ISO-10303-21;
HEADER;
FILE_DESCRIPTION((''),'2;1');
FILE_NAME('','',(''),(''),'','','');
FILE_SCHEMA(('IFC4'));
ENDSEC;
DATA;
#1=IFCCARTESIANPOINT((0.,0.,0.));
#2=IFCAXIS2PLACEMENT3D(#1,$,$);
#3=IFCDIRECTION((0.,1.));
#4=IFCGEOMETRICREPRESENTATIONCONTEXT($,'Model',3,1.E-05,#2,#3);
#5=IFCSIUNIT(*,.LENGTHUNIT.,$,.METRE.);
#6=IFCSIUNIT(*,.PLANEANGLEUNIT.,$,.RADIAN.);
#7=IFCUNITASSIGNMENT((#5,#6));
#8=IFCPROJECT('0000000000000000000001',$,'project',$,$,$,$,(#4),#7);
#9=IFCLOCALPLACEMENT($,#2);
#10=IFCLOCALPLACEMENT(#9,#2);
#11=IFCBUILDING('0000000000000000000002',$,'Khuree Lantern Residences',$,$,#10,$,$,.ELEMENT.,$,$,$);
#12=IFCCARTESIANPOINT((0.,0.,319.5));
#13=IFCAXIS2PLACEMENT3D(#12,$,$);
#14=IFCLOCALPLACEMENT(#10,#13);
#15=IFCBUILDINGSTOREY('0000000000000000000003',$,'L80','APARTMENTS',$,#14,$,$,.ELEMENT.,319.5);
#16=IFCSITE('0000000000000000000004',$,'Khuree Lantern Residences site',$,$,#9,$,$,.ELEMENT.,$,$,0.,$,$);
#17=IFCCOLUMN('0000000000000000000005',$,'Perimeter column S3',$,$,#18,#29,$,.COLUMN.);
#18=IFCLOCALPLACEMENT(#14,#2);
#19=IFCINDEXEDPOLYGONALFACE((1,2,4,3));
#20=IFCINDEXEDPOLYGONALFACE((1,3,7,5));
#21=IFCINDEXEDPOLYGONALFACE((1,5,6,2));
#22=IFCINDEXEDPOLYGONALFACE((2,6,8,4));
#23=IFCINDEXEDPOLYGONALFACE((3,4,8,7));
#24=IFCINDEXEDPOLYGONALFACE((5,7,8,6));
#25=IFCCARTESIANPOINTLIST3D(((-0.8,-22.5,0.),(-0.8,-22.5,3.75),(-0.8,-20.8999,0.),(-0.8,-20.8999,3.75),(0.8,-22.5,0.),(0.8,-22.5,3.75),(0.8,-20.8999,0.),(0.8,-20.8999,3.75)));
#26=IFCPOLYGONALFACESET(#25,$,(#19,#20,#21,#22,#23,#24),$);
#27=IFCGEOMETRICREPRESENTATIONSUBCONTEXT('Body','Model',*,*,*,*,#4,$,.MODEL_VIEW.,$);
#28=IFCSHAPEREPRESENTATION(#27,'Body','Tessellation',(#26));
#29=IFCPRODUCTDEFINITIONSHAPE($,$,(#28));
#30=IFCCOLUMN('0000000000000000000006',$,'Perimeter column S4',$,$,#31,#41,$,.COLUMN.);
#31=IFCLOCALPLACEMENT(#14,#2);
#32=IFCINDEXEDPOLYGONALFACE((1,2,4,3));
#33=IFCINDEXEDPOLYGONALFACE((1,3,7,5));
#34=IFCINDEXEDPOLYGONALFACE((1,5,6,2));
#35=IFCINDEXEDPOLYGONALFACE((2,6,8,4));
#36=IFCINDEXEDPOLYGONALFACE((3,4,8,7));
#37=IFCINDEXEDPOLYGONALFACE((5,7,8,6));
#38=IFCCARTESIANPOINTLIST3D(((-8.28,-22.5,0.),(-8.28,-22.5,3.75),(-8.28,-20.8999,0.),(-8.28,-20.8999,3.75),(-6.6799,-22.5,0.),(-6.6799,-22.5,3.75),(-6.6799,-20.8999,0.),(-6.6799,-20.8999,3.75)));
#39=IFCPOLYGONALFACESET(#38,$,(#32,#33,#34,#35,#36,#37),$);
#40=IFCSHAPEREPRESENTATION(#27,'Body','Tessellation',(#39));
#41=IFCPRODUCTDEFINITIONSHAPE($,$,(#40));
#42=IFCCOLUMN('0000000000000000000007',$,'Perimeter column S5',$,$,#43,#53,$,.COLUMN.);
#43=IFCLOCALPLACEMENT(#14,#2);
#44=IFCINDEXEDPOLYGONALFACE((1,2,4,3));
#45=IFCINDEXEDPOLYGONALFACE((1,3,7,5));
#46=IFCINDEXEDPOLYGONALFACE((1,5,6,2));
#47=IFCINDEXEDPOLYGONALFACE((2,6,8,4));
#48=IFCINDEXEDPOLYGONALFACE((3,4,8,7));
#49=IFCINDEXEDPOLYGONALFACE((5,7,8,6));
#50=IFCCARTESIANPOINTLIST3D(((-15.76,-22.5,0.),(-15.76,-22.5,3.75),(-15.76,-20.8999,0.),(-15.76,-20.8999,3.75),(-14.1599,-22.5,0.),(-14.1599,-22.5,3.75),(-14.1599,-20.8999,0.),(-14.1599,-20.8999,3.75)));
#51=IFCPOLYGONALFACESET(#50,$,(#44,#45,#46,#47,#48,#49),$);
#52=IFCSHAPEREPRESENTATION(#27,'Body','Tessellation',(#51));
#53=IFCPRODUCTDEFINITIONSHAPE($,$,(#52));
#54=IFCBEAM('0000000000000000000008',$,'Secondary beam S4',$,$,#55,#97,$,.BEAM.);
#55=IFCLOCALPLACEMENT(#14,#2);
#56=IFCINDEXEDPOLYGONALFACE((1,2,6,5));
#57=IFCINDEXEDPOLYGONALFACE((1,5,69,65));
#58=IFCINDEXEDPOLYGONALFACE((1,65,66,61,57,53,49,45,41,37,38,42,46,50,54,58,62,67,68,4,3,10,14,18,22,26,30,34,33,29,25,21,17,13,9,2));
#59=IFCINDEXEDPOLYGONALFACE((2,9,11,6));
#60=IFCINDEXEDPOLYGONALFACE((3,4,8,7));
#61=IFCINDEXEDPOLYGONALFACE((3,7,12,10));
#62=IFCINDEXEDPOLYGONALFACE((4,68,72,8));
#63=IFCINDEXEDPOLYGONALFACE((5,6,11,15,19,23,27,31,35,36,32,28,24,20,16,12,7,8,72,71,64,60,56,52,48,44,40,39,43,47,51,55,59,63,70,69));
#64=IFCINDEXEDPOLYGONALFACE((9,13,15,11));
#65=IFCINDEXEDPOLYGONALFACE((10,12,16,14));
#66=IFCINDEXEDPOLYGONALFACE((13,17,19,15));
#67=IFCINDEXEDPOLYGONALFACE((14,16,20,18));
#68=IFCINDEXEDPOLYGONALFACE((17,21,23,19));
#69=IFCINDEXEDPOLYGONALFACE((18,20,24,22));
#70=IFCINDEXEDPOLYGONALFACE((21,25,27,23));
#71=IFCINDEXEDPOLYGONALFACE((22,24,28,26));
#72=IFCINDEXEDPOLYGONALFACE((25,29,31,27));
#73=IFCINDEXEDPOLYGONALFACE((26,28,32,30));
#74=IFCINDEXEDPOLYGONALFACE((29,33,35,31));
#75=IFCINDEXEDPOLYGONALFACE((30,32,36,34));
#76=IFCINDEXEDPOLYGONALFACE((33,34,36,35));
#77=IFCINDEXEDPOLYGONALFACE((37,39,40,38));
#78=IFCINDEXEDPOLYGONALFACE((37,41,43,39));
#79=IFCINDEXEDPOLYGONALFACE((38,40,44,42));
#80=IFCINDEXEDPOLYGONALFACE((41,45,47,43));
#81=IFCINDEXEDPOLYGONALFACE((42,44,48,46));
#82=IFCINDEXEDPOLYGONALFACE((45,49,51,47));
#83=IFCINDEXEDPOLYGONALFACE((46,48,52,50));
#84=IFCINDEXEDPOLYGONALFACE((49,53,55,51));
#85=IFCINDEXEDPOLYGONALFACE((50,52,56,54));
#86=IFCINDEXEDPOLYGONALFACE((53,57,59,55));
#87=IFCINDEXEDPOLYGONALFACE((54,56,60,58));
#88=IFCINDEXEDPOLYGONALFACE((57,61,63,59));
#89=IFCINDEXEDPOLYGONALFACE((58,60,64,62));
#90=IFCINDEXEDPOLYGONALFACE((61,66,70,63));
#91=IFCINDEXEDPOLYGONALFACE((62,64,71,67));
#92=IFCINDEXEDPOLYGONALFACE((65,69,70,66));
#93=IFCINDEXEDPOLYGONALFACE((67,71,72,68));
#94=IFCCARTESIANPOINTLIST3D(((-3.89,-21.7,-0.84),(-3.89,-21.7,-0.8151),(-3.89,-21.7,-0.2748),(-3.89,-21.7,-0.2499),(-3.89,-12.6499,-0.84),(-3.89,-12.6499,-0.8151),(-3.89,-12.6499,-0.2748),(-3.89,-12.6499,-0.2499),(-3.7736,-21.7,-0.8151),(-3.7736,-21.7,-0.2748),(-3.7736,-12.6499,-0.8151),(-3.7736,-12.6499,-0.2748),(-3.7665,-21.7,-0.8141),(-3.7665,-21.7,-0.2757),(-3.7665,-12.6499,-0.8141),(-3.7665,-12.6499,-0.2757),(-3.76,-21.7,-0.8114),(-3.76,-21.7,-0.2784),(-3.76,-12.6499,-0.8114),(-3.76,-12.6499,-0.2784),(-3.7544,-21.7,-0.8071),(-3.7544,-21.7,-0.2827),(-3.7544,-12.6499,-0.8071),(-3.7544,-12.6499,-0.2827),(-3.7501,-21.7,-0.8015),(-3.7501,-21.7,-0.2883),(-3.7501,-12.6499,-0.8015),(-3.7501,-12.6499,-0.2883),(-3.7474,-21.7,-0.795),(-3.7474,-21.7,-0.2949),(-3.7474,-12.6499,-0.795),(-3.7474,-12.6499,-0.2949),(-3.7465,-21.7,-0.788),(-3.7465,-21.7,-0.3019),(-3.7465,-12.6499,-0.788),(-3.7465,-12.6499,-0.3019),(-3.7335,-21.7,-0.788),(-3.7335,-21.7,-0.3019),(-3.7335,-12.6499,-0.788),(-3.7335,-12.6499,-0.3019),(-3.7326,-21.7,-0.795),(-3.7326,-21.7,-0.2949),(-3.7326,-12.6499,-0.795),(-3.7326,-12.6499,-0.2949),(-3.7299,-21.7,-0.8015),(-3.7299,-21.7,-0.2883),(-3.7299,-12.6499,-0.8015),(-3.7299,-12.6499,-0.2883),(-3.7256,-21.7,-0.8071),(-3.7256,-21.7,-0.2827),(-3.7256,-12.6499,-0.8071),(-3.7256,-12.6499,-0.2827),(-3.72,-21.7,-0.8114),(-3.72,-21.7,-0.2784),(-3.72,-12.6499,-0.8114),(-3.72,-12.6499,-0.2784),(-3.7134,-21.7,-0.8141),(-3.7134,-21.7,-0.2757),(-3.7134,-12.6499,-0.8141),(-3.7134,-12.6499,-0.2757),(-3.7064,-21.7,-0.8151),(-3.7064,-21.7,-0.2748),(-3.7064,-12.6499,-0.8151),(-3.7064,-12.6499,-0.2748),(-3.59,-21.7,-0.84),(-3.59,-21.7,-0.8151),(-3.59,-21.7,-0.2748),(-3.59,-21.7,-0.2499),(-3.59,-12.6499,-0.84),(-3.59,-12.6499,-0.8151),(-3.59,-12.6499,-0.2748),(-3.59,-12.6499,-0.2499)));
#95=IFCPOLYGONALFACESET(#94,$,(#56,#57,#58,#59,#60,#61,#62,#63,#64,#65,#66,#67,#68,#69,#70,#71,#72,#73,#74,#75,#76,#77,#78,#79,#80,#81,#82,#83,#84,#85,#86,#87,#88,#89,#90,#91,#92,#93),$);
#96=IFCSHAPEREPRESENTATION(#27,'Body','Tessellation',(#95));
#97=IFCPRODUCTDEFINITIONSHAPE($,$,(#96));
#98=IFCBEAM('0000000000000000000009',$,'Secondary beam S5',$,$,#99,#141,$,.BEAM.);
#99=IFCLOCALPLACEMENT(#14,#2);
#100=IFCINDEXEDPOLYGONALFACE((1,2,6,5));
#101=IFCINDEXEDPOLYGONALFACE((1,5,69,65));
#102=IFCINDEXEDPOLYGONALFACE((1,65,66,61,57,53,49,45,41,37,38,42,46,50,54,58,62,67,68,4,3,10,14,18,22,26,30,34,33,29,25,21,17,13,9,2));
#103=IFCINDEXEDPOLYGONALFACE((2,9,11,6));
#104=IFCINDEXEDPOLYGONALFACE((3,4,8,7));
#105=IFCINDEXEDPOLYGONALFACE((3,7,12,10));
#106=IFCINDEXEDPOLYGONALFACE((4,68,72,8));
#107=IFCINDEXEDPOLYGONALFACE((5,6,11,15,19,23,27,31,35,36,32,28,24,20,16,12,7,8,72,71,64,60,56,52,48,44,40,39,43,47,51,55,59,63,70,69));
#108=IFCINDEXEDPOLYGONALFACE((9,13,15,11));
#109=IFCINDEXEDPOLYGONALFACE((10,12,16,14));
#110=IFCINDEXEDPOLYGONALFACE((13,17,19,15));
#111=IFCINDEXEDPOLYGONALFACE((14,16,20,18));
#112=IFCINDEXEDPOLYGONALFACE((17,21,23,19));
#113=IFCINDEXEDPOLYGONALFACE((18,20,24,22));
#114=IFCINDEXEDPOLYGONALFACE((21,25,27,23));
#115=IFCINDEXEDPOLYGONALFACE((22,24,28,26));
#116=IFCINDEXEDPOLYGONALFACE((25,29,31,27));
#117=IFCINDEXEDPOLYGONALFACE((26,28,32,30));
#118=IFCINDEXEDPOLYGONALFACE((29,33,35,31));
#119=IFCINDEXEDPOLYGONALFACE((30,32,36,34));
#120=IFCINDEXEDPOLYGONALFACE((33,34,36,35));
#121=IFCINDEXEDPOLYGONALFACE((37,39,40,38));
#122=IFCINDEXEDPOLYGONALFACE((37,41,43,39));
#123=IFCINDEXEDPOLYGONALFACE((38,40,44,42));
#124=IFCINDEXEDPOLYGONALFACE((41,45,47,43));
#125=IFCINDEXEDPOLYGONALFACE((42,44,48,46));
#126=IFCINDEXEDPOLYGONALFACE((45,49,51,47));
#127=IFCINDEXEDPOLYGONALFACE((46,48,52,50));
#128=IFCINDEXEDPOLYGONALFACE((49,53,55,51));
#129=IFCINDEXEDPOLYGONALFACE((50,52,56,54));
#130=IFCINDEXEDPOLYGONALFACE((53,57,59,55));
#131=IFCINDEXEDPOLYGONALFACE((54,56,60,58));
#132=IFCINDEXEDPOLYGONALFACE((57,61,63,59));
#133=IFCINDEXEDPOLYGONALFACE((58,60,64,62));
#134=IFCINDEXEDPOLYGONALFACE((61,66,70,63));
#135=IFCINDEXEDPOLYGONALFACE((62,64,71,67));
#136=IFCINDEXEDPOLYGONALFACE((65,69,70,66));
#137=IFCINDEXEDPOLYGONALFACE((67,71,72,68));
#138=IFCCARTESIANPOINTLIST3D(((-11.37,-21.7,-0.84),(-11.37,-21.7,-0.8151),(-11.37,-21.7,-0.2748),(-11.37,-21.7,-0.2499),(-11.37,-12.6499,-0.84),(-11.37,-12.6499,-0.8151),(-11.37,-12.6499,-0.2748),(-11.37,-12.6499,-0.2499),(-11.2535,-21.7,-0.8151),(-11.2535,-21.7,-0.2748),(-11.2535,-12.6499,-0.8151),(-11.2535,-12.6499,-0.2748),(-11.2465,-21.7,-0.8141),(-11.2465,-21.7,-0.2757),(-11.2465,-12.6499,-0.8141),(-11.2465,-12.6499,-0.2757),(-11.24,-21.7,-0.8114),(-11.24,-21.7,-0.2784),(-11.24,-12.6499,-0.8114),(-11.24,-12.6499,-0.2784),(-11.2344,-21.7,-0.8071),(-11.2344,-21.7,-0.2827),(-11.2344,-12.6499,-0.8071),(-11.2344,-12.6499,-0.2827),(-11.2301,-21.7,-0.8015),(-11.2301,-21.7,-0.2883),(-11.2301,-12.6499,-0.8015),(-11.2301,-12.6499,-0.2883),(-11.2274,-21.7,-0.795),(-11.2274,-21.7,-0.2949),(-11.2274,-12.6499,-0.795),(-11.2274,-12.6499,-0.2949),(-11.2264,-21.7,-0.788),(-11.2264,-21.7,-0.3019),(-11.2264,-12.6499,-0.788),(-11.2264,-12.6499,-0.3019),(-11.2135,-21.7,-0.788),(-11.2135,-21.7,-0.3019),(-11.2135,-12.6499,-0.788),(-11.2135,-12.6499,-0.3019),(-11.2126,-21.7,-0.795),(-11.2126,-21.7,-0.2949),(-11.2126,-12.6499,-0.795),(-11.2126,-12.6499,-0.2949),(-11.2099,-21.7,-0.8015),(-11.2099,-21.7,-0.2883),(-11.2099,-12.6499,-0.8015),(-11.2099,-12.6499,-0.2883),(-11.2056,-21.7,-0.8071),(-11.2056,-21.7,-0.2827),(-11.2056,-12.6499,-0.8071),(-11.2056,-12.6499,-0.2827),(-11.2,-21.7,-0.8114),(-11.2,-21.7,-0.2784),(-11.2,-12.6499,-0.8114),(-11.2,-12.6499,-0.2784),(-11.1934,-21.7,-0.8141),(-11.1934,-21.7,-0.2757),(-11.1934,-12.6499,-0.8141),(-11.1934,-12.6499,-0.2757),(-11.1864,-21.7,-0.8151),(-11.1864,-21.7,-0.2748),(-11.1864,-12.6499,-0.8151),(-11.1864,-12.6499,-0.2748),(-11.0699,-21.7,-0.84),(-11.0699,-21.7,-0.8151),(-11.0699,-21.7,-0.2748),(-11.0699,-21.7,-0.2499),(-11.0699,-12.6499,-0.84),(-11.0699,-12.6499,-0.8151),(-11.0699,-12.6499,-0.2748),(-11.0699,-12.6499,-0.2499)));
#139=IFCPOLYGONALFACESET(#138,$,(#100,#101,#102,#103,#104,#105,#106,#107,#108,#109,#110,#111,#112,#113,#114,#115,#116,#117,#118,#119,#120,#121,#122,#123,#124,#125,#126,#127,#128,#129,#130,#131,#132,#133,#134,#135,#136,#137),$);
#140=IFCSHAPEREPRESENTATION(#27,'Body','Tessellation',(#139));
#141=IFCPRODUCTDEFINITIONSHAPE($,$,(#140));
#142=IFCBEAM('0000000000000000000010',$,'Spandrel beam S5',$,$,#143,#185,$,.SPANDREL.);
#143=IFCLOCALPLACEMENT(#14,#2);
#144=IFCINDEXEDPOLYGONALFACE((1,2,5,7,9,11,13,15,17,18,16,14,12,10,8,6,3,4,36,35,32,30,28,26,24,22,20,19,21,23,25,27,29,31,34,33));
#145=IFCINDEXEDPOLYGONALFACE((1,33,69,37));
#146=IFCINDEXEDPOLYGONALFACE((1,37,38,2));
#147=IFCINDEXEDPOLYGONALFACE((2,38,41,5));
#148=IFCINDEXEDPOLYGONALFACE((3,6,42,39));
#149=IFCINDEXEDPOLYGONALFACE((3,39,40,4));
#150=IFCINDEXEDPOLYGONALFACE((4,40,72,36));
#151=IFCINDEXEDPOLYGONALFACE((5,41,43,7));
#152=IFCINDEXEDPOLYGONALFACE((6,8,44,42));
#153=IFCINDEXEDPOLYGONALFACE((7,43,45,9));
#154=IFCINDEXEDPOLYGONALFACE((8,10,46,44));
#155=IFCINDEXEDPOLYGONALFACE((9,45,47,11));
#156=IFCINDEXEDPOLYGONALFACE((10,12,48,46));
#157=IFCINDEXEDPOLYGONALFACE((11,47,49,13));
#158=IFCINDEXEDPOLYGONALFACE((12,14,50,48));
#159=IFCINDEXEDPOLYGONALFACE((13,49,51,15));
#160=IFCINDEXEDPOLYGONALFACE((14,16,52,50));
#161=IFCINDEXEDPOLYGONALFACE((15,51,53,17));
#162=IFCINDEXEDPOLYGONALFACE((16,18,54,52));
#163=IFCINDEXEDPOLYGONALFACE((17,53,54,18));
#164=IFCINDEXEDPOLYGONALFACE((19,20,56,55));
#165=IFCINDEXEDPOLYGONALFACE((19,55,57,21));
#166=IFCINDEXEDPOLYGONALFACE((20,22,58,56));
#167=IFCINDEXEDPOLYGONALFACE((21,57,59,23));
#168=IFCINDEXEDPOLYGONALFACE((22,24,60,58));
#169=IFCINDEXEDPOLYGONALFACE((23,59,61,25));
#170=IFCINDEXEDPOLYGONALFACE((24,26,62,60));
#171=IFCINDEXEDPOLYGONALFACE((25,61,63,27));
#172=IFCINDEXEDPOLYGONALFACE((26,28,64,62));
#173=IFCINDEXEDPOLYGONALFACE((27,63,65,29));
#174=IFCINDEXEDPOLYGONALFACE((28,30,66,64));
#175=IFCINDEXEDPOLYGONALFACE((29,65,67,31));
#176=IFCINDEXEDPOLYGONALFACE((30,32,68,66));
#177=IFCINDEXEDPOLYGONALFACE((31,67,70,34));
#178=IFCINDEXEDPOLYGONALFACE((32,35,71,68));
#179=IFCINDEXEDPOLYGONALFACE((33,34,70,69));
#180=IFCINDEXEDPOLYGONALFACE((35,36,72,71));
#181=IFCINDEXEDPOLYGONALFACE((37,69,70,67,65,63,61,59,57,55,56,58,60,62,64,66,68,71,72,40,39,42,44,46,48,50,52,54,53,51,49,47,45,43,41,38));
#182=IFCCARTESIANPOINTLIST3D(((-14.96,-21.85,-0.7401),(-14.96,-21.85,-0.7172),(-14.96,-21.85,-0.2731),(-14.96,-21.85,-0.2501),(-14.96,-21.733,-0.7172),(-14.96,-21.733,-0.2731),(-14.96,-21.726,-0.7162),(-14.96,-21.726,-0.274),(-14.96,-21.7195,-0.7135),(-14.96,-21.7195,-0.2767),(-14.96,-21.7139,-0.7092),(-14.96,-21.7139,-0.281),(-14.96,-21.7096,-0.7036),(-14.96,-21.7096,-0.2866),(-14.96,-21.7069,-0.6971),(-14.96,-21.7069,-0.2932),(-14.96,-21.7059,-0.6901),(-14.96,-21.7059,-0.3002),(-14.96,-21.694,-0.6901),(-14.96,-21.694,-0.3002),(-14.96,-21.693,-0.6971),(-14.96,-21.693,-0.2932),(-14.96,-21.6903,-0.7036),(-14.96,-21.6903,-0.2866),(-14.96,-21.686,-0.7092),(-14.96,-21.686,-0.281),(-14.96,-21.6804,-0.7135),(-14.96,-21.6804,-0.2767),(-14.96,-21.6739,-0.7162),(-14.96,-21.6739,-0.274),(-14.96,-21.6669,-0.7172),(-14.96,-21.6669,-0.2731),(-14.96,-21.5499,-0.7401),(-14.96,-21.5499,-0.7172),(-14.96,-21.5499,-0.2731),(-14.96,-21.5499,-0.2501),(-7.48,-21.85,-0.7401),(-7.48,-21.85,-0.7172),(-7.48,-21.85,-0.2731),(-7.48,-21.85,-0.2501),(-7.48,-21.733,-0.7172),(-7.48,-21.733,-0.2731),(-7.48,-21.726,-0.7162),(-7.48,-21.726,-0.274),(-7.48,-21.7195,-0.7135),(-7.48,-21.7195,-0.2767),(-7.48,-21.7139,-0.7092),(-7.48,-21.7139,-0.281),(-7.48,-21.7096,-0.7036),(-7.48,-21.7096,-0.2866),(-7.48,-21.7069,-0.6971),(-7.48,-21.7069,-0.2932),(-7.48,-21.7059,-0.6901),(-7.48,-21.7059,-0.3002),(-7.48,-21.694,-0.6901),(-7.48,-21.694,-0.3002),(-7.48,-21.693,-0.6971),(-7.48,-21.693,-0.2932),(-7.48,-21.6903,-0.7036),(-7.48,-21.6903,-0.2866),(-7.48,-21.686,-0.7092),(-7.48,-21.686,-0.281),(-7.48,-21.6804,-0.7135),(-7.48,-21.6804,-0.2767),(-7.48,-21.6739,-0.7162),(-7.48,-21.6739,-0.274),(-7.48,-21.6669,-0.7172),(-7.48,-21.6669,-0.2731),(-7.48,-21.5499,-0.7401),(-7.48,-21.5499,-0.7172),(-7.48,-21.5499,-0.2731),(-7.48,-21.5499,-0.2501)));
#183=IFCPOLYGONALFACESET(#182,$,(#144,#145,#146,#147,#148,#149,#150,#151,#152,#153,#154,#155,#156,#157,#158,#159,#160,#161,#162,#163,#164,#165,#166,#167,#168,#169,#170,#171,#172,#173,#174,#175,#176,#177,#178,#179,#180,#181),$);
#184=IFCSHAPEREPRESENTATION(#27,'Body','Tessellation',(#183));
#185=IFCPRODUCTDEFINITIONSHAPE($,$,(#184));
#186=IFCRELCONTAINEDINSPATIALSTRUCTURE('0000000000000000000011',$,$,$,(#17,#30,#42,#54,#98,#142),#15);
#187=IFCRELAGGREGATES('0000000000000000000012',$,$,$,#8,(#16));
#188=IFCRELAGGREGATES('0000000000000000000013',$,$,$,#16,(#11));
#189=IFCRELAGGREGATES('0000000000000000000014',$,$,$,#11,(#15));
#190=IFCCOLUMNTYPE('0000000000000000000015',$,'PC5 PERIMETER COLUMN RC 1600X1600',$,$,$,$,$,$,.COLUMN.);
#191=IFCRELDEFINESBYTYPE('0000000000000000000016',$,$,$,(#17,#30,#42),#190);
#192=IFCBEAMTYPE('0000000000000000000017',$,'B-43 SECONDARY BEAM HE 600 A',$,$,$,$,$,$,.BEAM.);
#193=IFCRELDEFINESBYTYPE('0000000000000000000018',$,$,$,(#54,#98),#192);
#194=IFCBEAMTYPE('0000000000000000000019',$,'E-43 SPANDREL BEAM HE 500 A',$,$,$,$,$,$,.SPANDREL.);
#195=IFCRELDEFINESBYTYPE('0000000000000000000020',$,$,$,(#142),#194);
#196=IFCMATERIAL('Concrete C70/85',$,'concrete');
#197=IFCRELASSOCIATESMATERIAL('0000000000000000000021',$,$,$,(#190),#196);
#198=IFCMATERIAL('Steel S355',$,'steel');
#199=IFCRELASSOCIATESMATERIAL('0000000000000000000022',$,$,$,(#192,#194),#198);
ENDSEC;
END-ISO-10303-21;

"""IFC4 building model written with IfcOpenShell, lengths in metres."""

from ifc_helpers import new_model, si_unit, direction, frame, origin, origin_2d, place, context, subcontext, project, spatial, rectangle, i_section, extrude, material, material_profile, profile_set, type_object, element, save


model = new_model("IFC4")

# Units and contexts
model_context = context("Model", 3, precision=1e-05, world=origin(), true_north=direction((0.0, 1.0)))
body_context = subcontext(model_context, "Body", "Model", "MODEL_VIEW")
ifc_project = project(units=[si_unit("LENGTHUNIT", "METRE"), si_unit("PLANEANGLEUNIT", "RADIAN")], contexts=[model_context])

# Site, building, storey
site_placement = place(None, origin())
site = spatial("IfcSite", under=ifc_project, at=site_placement, Name="Khuree Lantern Residences site", CompositionType="ELEMENT", RefElevation=0.0)
building_placement = place(site_placement, origin())
building = spatial("IfcBuilding", under=site, at=building_placement, Name="Khuree Lantern Residences", CompositionType="ELEMENT")
storey_placement = place(building_placement, frame((0.0, 0.0, 319.5)))
storey = spatial("IfcBuildingStorey", under=building, at=storey_placement, Name="L80", Description="APARTMENTS", CompositionType="ELEMENT", Elevation=319.5)

# Columns
ifc_material_1 = material(Name="Concrete C70/85", Category="concrete")
ifc_material_profile_1 = material_profile(ifc_material_1, rectangle(XDim=1.6001, YDim=1.6001, at=origin_2d()), Name="RC 1600X1600")
ifc_profile_set_1 = profile_set([ifc_material_profile_1], Name="Concrete C70/85")
column_type = type_object("IfcColumnType", Name="PC5 PERIMETER COLUMN RC 1600X1600", PredefinedType="COLUMN", material=ifc_profile_set_1)
for number, where, z_axis, x_axis, name in (
    (1, (0.0, -21.7, 0.0), (0.0, 0.0, 1.0), (1.0, 0.0, 0.0), "Perimeter column S3"),
    (2, (-7.48, -21.7, 0.0), (0.0, 0.0, 1.0), (1.0, 0.0, 0.0), "Perimeter column S4"),
    (3, (-14.96, -21.7, 0.0), (0.0, 0.0, 1.0), (1.0, 0.0, 0.0), "Perimeter column S5"),
):
    element("IfcColumn", number, at=place(storey_placement, frame(where, z_axis=z_axis, x_axis=x_axis)), inside=storey, type_object=column_type, Name=name, PredefinedType="COLUMN", context=body_context, shape_type="SweptSolid", body=[
        extrude(rectangle(XDim=1.6001, YDim=1.6001, at=origin_2d()), origin(), (0.0, 0.0, 1.0), 3.75),
    ])

# Beams
ifc_material_2 = material(Name="Steel S355", Category="steel")
ifc_material_profile_2 = material_profile(ifc_material_2, i_section(OverallWidth=0.3, OverallDepth=0.5901, WebThickness=0.0129, FlangeThickness=0.0249, FilletRadius=0.0271, at=origin_2d()), Name="HE 600 A")
ifc_profile_set_2 = profile_set([ifc_material_profile_2], Name="Steel S355")
beam_type_1 = type_object("IfcBeamType", Name="B-43 SECONDARY BEAM HE 600 A", PredefinedType="BEAM", material=ifc_profile_set_2)
for number, where, z_axis, x_axis, name in (
    (4, (-3.74, -21.7, -0.5449), (0.0, 1.0, 0.0), (-1.0, 0.0, 0.0), "Secondary beam S4"),
    (5, (-11.22, -21.7, -0.5449), (0.0, 1.0, 0.0), (-1.0, 0.0, 0.0), "Secondary beam S5"),
):
    element("IfcBeam", number, at=place(storey_placement, frame(where, z_axis=z_axis, x_axis=x_axis)), inside=storey, type_object=beam_type_1, Name=name, PredefinedType="BEAM", context=body_context, shape_type="SweptSolid", body=[
        extrude(i_section(OverallWidth=0.3, OverallDepth=0.5901, WebThickness=0.0129, FlangeThickness=0.0249, FilletRadius=0.0271, at=origin_2d()), origin(), (0.0, 0.0, 1.0), 9.05),
    ])
ifc_material_profile_3 = material_profile(ifc_material_2, i_section(OverallWidth=0.3, OverallDepth=0.49, WebThickness=0.012, FlangeThickness=0.0229, FilletRadius=0.0271, at=origin_2d()), Name="HE 500 A")
ifc_profile_set_3 = profile_set([ifc_material_profile_3], Name="Steel S355")
beam_type_2 = type_object("IfcBeamType", Name="E-43 SPANDREL BEAM HE 500 A", PredefinedType="SPANDREL", material=ifc_profile_set_3)
beam_1_placement = place(storey_placement, frame((-7.48, -21.7, -0.4951), z_axis=(-1.0, 0.0, 0.0), x_axis=(0.0, -1.0, 0.0)))
element("IfcBeam", 6, at=beam_1_placement, inside=storey, type_object=beam_type_2, Name="Spandrel beam S5", PredefinedType="SPANDREL", context=body_context, shape_type="SweptSolid", body=[
    extrude(i_section(OverallWidth=0.3, OverallDepth=0.49, WebThickness=0.012, FlangeThickness=0.0229, FilletRadius=0.0271, at=origin_2d()), origin(), (0.0, 0.0, 1.0), 7.48),
])

save(model, "model.ifc")
